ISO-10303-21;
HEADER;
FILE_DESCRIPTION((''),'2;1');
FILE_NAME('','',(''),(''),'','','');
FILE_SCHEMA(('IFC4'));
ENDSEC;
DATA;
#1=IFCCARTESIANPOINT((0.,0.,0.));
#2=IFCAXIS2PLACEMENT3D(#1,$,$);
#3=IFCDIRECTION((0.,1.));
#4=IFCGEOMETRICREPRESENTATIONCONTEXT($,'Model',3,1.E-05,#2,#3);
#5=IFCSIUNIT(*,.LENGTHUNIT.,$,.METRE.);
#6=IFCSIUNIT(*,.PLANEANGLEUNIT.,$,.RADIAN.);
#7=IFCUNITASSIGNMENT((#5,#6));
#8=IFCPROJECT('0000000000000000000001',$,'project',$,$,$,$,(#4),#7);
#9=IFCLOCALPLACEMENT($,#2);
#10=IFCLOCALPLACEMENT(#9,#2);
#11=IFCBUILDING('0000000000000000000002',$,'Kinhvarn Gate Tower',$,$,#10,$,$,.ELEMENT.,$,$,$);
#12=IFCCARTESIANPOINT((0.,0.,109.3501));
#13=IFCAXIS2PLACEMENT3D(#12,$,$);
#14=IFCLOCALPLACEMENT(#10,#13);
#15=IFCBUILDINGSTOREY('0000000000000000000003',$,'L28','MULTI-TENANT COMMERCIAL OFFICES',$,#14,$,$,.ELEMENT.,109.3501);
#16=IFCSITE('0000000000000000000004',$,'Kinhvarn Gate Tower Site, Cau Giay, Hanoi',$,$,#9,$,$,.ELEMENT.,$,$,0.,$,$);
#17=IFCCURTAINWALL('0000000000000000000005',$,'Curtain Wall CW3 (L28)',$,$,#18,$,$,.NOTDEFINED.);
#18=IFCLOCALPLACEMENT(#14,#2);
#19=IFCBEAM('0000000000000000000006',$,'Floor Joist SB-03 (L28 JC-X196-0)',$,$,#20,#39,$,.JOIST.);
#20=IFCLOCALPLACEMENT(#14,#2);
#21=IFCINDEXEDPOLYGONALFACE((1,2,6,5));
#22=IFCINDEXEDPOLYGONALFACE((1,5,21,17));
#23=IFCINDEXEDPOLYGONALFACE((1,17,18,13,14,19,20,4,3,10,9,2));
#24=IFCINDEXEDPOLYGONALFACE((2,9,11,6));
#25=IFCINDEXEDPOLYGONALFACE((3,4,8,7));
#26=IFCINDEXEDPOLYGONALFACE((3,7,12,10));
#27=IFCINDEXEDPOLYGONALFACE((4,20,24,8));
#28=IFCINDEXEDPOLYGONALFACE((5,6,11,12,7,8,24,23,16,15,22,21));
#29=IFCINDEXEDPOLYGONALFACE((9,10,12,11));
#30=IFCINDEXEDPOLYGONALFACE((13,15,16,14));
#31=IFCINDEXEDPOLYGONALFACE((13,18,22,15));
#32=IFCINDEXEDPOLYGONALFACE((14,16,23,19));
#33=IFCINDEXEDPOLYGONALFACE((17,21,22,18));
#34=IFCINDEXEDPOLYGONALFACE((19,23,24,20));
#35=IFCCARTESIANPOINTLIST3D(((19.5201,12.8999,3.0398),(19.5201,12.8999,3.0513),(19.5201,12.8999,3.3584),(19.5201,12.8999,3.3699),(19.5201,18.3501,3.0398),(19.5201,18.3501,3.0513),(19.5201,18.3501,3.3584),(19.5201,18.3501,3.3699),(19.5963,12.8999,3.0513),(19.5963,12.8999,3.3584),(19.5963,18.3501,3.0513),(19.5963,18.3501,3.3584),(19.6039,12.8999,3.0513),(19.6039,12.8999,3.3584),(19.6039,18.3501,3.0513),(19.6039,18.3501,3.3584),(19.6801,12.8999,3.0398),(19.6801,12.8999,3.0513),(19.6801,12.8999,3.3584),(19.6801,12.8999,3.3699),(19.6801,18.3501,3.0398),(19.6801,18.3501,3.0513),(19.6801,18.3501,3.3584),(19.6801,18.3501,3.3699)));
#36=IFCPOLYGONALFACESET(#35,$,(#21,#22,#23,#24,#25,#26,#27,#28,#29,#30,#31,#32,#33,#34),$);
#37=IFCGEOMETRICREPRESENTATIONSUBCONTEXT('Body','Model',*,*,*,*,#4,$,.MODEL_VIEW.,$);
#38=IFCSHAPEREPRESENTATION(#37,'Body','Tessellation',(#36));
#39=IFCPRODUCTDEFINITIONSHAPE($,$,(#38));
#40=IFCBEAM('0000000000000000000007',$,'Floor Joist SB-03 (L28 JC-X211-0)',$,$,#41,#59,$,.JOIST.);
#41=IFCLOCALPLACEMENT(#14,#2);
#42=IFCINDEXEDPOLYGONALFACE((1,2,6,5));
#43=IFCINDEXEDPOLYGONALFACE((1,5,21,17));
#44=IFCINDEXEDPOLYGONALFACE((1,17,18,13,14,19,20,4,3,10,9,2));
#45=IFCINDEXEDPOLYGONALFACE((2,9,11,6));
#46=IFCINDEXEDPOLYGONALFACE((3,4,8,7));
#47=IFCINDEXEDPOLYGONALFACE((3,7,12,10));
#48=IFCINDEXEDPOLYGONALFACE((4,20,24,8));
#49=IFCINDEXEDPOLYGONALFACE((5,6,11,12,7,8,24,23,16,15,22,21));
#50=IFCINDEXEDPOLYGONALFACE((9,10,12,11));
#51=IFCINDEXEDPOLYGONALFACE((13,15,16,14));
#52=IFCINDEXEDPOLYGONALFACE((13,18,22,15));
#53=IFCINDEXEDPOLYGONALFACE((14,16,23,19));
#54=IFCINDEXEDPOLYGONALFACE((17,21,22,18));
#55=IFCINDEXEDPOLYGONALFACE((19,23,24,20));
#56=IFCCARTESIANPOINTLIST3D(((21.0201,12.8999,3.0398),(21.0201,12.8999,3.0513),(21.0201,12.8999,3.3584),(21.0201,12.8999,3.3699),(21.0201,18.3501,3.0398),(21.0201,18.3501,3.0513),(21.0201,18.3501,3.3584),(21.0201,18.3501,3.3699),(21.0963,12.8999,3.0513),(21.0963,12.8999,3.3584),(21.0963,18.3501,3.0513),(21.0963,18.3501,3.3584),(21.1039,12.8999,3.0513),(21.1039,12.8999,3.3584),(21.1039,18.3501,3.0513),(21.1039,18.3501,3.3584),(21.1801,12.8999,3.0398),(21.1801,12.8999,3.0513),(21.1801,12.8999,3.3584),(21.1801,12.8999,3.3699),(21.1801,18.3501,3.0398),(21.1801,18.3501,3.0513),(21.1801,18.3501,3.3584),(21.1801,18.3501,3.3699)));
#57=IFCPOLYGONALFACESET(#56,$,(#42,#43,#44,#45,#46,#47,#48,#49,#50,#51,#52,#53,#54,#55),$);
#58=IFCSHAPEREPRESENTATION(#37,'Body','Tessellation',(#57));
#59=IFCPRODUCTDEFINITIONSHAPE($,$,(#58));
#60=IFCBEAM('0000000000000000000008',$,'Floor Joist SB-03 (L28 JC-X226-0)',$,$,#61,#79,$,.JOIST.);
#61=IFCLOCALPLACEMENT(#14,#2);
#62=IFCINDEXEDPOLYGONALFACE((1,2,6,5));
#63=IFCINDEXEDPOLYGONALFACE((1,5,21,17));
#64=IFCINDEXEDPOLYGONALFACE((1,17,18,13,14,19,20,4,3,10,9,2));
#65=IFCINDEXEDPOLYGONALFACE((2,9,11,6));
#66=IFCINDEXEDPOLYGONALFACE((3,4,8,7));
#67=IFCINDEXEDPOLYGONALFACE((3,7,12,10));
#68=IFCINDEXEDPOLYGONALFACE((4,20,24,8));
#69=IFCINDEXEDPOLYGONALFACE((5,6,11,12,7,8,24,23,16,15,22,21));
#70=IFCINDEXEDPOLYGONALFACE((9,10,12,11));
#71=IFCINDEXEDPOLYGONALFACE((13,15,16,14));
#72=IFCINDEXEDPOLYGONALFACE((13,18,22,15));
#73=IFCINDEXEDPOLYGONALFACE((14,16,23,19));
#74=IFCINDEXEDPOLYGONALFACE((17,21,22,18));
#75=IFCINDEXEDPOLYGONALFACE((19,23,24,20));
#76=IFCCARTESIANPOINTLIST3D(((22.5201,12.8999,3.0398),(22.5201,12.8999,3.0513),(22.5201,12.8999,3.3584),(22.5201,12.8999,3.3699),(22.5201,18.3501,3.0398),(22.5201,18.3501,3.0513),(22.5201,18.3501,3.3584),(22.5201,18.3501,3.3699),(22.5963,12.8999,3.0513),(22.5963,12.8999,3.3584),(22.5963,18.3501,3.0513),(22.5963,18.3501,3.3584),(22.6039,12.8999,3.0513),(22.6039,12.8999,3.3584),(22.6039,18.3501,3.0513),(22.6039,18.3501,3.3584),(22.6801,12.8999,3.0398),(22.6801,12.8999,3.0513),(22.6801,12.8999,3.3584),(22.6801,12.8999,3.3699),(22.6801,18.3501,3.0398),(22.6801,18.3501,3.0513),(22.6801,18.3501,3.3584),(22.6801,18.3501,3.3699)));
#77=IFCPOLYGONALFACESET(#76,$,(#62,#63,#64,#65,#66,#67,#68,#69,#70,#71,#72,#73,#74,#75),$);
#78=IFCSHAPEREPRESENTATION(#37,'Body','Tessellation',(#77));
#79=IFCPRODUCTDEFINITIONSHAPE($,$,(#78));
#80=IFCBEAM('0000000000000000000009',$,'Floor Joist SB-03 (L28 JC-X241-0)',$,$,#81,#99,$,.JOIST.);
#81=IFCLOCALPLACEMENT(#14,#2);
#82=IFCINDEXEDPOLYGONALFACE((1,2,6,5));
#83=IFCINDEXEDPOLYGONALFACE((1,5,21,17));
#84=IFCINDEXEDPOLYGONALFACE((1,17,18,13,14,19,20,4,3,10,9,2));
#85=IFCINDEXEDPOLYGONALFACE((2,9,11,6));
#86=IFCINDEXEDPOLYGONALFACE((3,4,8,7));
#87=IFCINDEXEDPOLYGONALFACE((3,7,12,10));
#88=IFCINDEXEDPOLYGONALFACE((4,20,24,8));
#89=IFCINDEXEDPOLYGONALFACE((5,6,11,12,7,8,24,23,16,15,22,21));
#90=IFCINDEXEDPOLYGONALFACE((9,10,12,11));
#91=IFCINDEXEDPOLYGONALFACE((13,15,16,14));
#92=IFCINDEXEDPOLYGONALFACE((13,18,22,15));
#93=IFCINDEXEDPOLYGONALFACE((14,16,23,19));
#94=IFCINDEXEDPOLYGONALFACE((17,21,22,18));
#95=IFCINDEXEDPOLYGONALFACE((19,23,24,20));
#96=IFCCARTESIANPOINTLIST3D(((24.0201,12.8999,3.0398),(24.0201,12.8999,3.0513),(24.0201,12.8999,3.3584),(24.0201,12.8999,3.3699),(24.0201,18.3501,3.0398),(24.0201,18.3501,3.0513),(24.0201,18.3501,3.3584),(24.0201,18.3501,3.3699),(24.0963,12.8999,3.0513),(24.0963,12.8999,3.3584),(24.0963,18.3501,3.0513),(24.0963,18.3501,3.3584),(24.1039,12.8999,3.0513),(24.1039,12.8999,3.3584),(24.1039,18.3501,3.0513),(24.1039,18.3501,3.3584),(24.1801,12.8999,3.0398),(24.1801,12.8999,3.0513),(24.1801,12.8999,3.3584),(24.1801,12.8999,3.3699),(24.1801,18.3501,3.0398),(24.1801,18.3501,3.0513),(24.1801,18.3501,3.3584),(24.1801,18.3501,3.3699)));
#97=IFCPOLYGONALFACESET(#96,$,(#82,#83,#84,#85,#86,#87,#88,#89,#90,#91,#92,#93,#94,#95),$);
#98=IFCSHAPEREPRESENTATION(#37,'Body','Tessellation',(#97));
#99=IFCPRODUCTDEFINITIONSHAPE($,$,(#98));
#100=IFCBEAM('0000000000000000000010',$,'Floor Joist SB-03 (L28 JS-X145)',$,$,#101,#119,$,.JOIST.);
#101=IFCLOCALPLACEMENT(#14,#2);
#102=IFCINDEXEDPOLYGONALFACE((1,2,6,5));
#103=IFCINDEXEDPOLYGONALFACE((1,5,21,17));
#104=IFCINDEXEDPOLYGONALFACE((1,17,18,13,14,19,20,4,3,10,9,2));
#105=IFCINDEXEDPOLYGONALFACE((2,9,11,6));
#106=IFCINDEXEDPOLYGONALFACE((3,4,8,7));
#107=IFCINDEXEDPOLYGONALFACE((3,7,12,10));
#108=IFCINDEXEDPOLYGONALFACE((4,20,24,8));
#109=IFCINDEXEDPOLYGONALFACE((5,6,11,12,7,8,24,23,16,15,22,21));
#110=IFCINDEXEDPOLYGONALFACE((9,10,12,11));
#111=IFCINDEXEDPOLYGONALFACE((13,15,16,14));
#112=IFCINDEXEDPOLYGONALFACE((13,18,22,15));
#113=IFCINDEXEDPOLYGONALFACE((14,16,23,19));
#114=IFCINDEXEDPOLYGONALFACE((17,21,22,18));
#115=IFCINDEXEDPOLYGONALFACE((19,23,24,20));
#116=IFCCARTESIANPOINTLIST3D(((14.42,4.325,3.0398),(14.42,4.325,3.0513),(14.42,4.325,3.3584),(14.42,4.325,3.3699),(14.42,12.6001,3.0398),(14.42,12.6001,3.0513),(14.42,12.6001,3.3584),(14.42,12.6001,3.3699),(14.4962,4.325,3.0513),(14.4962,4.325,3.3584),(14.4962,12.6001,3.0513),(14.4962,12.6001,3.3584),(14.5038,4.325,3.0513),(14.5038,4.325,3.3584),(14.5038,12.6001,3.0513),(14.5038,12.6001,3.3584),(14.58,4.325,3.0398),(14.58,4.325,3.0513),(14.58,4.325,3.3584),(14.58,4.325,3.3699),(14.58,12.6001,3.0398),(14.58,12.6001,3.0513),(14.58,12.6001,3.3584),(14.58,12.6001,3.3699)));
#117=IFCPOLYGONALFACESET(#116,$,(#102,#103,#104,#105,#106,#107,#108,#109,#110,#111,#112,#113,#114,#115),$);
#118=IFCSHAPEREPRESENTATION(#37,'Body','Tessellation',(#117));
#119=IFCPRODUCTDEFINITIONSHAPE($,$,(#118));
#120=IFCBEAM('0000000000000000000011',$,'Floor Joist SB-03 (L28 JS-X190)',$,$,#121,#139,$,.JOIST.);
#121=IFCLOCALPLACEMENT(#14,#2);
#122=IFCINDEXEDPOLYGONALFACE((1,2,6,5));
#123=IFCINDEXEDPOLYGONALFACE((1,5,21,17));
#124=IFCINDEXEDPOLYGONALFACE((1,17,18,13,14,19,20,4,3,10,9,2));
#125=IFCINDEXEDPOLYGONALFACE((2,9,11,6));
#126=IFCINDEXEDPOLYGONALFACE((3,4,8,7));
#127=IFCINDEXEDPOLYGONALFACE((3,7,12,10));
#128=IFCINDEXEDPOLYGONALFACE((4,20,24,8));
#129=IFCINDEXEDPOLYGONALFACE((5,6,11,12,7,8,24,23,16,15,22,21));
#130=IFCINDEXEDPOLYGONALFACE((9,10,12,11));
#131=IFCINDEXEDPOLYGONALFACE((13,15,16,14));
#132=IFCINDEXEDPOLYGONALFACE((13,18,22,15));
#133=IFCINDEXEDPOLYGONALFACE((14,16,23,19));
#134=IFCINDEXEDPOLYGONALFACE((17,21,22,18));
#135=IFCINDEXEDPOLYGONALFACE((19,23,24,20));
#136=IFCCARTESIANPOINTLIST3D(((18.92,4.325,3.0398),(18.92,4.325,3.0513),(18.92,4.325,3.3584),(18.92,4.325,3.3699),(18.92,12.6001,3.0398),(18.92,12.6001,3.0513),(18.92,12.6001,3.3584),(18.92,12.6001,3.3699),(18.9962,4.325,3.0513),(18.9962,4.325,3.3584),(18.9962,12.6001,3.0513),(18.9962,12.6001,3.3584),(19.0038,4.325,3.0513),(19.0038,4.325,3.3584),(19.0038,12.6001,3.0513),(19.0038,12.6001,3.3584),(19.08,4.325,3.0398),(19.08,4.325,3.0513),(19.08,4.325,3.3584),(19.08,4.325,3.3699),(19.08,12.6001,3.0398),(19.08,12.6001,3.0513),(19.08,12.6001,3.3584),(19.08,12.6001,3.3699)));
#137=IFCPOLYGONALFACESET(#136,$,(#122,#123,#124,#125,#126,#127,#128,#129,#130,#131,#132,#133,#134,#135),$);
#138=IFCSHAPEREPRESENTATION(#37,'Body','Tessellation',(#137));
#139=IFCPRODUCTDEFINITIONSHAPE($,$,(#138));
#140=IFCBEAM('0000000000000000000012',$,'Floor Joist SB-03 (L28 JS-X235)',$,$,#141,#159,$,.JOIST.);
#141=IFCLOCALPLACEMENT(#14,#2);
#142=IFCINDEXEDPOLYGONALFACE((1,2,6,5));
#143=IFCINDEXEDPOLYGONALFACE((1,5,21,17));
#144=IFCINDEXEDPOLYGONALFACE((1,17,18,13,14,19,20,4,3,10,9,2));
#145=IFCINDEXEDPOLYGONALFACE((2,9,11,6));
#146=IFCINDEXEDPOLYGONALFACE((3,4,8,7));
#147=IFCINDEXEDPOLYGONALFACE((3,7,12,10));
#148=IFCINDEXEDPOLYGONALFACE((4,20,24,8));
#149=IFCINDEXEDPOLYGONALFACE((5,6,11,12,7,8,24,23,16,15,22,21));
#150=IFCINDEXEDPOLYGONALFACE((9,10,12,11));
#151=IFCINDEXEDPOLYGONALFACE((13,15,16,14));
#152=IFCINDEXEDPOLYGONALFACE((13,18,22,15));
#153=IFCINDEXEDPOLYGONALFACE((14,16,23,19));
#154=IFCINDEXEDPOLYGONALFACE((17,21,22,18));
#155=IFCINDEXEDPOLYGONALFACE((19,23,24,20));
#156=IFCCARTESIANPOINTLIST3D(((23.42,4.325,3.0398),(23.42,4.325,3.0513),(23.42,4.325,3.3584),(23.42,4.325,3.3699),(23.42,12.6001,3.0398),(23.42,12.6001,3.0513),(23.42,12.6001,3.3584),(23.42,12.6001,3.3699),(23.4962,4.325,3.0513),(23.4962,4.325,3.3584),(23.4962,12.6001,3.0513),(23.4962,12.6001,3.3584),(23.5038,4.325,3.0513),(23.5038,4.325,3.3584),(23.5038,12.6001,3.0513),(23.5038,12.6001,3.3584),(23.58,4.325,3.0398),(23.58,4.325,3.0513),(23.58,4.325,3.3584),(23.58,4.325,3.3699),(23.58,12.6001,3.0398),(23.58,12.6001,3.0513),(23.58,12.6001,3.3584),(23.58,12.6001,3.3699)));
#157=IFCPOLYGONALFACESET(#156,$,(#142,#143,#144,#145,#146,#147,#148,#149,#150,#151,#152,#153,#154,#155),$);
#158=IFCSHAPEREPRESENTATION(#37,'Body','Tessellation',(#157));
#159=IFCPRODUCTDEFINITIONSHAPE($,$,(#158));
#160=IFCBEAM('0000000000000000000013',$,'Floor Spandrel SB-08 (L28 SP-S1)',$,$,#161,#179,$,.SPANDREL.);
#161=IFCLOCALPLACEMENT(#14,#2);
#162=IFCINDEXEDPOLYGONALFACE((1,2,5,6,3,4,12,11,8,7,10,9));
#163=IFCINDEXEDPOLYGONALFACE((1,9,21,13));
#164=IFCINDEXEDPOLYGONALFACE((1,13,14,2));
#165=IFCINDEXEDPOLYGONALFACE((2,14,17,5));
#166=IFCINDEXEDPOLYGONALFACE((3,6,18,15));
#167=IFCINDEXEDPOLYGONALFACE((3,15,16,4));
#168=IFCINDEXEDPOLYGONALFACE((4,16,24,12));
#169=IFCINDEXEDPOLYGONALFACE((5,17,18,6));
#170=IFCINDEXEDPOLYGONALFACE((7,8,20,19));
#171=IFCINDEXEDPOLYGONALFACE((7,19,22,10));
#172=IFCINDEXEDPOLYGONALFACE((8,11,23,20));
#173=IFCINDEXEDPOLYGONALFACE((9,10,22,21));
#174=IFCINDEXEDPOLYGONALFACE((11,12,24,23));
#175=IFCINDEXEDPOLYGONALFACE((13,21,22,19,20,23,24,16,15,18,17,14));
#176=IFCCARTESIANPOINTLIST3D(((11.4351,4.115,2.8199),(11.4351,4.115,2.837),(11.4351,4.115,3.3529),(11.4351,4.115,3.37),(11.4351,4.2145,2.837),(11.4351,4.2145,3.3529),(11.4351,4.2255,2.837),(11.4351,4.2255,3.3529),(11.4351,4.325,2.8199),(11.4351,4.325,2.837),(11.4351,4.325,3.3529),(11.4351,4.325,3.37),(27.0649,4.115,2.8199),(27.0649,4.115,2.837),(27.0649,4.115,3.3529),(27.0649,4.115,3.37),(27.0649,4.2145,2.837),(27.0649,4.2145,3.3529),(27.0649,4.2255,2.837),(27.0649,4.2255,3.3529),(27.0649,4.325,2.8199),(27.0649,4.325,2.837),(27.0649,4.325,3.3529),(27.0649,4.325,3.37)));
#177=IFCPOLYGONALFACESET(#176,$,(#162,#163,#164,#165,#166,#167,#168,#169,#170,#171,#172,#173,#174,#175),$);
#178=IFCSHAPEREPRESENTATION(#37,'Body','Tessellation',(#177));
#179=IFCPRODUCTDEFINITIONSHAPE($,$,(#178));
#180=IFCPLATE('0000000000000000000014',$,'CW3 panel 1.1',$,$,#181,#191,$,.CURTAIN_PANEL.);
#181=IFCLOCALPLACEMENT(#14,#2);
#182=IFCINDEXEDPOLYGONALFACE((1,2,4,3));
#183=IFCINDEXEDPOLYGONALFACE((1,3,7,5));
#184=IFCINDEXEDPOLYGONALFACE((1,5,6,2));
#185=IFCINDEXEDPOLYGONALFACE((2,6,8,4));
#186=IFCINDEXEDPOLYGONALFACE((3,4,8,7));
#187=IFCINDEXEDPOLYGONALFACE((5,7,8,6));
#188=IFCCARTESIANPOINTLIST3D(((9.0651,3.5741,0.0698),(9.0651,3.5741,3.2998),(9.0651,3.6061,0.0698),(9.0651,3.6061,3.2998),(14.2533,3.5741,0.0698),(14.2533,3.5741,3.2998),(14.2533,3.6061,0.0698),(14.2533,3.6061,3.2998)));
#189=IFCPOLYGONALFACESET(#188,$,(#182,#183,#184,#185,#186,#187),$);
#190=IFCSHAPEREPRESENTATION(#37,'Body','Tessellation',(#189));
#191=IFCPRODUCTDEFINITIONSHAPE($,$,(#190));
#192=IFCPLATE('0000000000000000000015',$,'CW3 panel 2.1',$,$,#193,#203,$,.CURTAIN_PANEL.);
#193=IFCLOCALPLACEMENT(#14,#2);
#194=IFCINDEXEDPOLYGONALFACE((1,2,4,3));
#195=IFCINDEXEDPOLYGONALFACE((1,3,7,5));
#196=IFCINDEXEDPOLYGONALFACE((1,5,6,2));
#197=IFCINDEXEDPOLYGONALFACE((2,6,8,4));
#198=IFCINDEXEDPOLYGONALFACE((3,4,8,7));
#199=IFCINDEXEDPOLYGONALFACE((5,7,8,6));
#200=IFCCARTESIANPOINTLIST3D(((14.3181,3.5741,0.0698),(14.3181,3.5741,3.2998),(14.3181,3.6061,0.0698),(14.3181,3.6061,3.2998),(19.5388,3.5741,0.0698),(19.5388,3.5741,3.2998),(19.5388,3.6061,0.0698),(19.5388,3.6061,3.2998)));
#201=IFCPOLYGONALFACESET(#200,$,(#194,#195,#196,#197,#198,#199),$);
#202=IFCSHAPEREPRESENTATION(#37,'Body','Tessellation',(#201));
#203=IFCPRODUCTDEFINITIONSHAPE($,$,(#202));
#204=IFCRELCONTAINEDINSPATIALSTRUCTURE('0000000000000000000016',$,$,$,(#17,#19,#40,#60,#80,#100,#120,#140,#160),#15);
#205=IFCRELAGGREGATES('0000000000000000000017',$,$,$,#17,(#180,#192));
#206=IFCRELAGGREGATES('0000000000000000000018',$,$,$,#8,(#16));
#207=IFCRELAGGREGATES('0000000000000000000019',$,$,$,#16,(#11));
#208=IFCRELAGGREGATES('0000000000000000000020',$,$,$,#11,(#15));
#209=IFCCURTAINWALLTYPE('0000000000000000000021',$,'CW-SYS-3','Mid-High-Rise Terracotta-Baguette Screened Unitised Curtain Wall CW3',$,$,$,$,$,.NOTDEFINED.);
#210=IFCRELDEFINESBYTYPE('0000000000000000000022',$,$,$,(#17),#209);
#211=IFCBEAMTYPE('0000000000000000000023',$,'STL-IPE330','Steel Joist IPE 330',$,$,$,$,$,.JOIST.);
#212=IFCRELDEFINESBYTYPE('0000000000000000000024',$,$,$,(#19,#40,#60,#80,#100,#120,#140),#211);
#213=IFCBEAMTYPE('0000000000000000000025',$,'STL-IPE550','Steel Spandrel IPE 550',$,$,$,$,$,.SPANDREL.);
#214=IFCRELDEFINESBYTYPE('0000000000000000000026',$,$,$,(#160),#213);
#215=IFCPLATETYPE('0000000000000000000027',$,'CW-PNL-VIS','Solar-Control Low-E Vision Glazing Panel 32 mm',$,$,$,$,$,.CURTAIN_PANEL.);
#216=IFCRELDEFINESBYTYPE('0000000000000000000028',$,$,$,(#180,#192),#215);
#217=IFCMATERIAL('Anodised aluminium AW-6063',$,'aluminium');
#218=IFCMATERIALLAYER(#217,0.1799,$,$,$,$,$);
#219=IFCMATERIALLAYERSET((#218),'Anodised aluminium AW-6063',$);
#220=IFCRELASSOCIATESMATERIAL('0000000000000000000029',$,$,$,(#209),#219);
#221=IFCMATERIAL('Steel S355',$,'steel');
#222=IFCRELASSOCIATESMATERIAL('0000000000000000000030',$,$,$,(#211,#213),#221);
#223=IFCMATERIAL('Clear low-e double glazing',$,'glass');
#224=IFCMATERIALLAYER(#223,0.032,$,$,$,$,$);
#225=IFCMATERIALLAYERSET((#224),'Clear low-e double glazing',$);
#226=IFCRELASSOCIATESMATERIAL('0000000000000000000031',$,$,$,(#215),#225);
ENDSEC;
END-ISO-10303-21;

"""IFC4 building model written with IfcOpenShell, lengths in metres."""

from ifc_helpers import new_model, si_unit, direction, frame, origin, origin_2d, place, context, subcontext, project, spatial, rectangle, i_section, extrude, material, layer, layer_set, material_profile, profile_set, type_object, element, aggregate, save


model = new_model("IFC4")

# Units and contexts
model_context = context("Model", 3, precision=1e-05, world=origin(), true_north=direction((0.0, 1.0)))
body_context = subcontext(model_context, "Body", "Model", "MODEL_VIEW")
ifc_project = project(units=[si_unit("LENGTHUNIT", "METRE"), si_unit("PLANEANGLEUNIT", "RADIAN")], contexts=[model_context])

# Site, building, storey
site_placement = place(None, origin())
site = spatial("IfcSite", under=ifc_project, at=site_placement, Name="Kinhvarn Gate Tower Site, Cau Giay, Hanoi", CompositionType="ELEMENT", RefElevation=0.0)
building_placement = place(site_placement, origin())
building = spatial("IfcBuilding", under=site, at=building_placement, Name="Kinhvarn Gate Tower", CompositionType="ELEMENT")
storey_placement = place(building_placement, frame((0.0, 0.0, 109.3501)))
storey = spatial("IfcBuildingStorey", under=building, at=storey_placement, Name="L28", Description="MULTI-TENANT COMMERCIAL OFFICES", CompositionType="ELEMENT", Elevation=109.3501)

# Curtain wall
ifc_material_1 = material(Name="Anodised aluminium AW-6063", Category="aluminium")
ifc_layer_1 = layer(ifc_material_1, 0.1799)
ifc_layer_set_1 = layer_set([ifc_layer_1], Name="Anodised aluminium AW-6063")
curtain_wall_type = type_object("IfcCurtainWallType", Name="CW-SYS-3", Description="Mid-High-Rise Terracotta-Baguette Screened Unitised Curtain Wall CW3", PredefinedType="NOTDEFINED", material=ifc_layer_set_1)
curtain_wall_placement = place(storey_placement, origin())
curtain_wall = element("IfcCurtainWall", 1, at=curtain_wall_placement, inside=storey, type_object=curtain_wall_type, Name="Curtain Wall CW3 (L28)", PredefinedType="NOTDEFINED")

# Beams
ifc_material_2 = material(Name="Steel S355", Category="steel")
ifc_material_profile_1 = material_profile(ifc_material_2, i_section(OverallWidth=0.1599, OverallDepth=0.3301, WebThickness=0.0076, FlangeThickness=0.0115, at=origin_2d()), Name="IPE 330")
ifc_profile_set_1 = profile_set([ifc_material_profile_1], Name="Steel S355")
beam_type_1 = type_object("IfcBeamType", Name="STL-IPE330", Description="Steel Joist IPE 330", PredefinedType="JOIST", material=ifc_profile_set_1)
for number, where, z_axis, x_axis, name in (
    (2, (19.6001, 12.8999, 3.2048), (0.0, 1.0, 0.0), (-1.0, 0.0, 0.0), "Floor Joist SB-03 (L28 JC-X196-0)"),
    (3, (21.1001, 12.8999, 3.2048), (0.0, 1.0, 0.0), (-1.0, 0.0, 0.0), "Floor Joist SB-03 (L28 JC-X211-0)"),
    (4, (22.6001, 12.8999, 3.2048), (0.0, 1.0, 0.0), (-1.0, 0.0, 0.0), "Floor Joist SB-03 (L28 JC-X226-0)"),
    (5, (24.1001, 12.8999, 3.2048), (0.0, 1.0, 0.0), (-1.0, 0.0, 0.0), "Floor Joist SB-03 (L28 JC-X241-0)"),
):
    element("IfcBeam", number, at=place(storey_placement, frame(where, z_axis=z_axis, x_axis=x_axis)), inside=storey, type_object=beam_type_1, Name=name, PredefinedType="JOIST", context=body_context, shape_type="SweptSolid", body=[
        extrude(i_section(OverallWidth=0.1599, OverallDepth=0.3301, WebThickness=0.0076, FlangeThickness=0.0115, at=origin_2d()), origin(), (0.0, 0.0, 1.0), 5.4502),
    ])
for number, where, z_axis, x_axis, name in (
    (6, (14.5, 4.325, 3.2048), (0.0, 1.0, 0.0), (-1.0, 0.0, 0.0), "Floor Joist SB-03 (L28 JS-X145)"),
    (7, (19.0, 4.325, 3.2048), (0.0, 1.0, 0.0), (-1.0, 0.0, 0.0), "Floor Joist SB-03 (L28 JS-X190)"),
    (8, (23.5, 4.325, 3.2048), (0.0, 1.0, 0.0), (-1.0, 0.0, 0.0), "Floor Joist SB-03 (L28 JS-X235)"),
):
    element("IfcBeam", number, at=place(storey_placement, frame(where, z_axis=z_axis, x_axis=x_axis)), inside=storey, type_object=beam_type_1, Name=name, PredefinedType="JOIST", context=body_context, shape_type="SweptSolid", body=[
        extrude(i_section(OverallWidth=0.1599, OverallDepth=0.3301, WebThickness=0.0076, FlangeThickness=0.0115, at=origin_2d()), origin(), (0.0, 0.0, 1.0), 8.2751),
    ])
ifc_material_profile_2 = material_profile(ifc_material_2, i_section(OverallWidth=0.21, OverallDepth=0.55, WebThickness=0.011, FlangeThickness=0.0171, at=origin_2d()), Name="IPE 550")
ifc_profile_set_2 = profile_set([ifc_material_profile_2], Name="Steel S355")
beam_type_2 = type_object("IfcBeamType", Name="STL-IPE550", Description="Steel Spandrel IPE 550", PredefinedType="SPANDREL", material=ifc_profile_set_2)
beam_1_placement = place(storey_placement, frame((11.4351, 4.22, 3.095), z_axis=(1.0, 0.0, 0.0), x_axis=(0.0, 1.0, 0.0)))
element("IfcBeam", 9, at=beam_1_placement, inside=storey, type_object=beam_type_2, Name="Floor Spandrel SB-08 (L28 SP-S1)", PredefinedType="SPANDREL", context=body_context, shape_type="SweptSolid", body=[
    extrude(i_section(OverallWidth=0.21, OverallDepth=0.55, WebThickness=0.011, FlangeThickness=0.0171, at=origin_2d()), origin(), (0.0, 0.0, 1.0), 15.6299),
])

# Plates
ifc_material_3 = material(Name="Clear low-e double glazing", Category="glass")
ifc_layer_2 = layer(ifc_material_3, 0.032)
ifc_layer_set_2 = layer_set([ifc_layer_2], Name="Clear low-e double glazing")
plate_type = type_object("IfcPlateType", Name="CW-PNL-VIS", Description="Solar-Control Low-E Vision Glazing Panel 32 mm", PredefinedType="CURTAIN_PANEL", material=ifc_layer_set_2)
plate_1_placement = place(storey_placement, frame((11.6592, 3.5901, 0.0698), z_axis=(0.0, 0.0, 1.0), x_axis=(1.0, 0.0, 0.0)))
plate_1 = element("IfcPlate", 10, at=plate_1_placement, type_object=plate_type, Name="CW3 panel 1.1", PredefinedType="CURTAIN_PANEL", context=body_context, shape_type="SweptSolid", body=[
    extrude(rectangle(XDim=5.1882, YDim=0.032, at=origin_2d()), origin(), (0.0, 0.0, 1.0), 3.23),
])
plate_2_placement = place(storey_placement, frame((16.9285, 3.5901, 0.0698), z_axis=(0.0, 0.0, 1.0), x_axis=(1.0, 0.0, 0.0)))
plate_2 = element("IfcPlate", 11, at=plate_2_placement, type_object=plate_type, Name="CW3 panel 2.1", PredefinedType="CURTAIN_PANEL", context=body_context, shape_type="SweptSolid", body=[
    extrude(rectangle(XDim=5.2207, YDim=0.032, at=origin_2d()), origin(), (0.0, 0.0, 1.0), 3.23),
])
aggregate(curtain_wall, [plate_1, plate_2])

save(model, "model.ifc")
